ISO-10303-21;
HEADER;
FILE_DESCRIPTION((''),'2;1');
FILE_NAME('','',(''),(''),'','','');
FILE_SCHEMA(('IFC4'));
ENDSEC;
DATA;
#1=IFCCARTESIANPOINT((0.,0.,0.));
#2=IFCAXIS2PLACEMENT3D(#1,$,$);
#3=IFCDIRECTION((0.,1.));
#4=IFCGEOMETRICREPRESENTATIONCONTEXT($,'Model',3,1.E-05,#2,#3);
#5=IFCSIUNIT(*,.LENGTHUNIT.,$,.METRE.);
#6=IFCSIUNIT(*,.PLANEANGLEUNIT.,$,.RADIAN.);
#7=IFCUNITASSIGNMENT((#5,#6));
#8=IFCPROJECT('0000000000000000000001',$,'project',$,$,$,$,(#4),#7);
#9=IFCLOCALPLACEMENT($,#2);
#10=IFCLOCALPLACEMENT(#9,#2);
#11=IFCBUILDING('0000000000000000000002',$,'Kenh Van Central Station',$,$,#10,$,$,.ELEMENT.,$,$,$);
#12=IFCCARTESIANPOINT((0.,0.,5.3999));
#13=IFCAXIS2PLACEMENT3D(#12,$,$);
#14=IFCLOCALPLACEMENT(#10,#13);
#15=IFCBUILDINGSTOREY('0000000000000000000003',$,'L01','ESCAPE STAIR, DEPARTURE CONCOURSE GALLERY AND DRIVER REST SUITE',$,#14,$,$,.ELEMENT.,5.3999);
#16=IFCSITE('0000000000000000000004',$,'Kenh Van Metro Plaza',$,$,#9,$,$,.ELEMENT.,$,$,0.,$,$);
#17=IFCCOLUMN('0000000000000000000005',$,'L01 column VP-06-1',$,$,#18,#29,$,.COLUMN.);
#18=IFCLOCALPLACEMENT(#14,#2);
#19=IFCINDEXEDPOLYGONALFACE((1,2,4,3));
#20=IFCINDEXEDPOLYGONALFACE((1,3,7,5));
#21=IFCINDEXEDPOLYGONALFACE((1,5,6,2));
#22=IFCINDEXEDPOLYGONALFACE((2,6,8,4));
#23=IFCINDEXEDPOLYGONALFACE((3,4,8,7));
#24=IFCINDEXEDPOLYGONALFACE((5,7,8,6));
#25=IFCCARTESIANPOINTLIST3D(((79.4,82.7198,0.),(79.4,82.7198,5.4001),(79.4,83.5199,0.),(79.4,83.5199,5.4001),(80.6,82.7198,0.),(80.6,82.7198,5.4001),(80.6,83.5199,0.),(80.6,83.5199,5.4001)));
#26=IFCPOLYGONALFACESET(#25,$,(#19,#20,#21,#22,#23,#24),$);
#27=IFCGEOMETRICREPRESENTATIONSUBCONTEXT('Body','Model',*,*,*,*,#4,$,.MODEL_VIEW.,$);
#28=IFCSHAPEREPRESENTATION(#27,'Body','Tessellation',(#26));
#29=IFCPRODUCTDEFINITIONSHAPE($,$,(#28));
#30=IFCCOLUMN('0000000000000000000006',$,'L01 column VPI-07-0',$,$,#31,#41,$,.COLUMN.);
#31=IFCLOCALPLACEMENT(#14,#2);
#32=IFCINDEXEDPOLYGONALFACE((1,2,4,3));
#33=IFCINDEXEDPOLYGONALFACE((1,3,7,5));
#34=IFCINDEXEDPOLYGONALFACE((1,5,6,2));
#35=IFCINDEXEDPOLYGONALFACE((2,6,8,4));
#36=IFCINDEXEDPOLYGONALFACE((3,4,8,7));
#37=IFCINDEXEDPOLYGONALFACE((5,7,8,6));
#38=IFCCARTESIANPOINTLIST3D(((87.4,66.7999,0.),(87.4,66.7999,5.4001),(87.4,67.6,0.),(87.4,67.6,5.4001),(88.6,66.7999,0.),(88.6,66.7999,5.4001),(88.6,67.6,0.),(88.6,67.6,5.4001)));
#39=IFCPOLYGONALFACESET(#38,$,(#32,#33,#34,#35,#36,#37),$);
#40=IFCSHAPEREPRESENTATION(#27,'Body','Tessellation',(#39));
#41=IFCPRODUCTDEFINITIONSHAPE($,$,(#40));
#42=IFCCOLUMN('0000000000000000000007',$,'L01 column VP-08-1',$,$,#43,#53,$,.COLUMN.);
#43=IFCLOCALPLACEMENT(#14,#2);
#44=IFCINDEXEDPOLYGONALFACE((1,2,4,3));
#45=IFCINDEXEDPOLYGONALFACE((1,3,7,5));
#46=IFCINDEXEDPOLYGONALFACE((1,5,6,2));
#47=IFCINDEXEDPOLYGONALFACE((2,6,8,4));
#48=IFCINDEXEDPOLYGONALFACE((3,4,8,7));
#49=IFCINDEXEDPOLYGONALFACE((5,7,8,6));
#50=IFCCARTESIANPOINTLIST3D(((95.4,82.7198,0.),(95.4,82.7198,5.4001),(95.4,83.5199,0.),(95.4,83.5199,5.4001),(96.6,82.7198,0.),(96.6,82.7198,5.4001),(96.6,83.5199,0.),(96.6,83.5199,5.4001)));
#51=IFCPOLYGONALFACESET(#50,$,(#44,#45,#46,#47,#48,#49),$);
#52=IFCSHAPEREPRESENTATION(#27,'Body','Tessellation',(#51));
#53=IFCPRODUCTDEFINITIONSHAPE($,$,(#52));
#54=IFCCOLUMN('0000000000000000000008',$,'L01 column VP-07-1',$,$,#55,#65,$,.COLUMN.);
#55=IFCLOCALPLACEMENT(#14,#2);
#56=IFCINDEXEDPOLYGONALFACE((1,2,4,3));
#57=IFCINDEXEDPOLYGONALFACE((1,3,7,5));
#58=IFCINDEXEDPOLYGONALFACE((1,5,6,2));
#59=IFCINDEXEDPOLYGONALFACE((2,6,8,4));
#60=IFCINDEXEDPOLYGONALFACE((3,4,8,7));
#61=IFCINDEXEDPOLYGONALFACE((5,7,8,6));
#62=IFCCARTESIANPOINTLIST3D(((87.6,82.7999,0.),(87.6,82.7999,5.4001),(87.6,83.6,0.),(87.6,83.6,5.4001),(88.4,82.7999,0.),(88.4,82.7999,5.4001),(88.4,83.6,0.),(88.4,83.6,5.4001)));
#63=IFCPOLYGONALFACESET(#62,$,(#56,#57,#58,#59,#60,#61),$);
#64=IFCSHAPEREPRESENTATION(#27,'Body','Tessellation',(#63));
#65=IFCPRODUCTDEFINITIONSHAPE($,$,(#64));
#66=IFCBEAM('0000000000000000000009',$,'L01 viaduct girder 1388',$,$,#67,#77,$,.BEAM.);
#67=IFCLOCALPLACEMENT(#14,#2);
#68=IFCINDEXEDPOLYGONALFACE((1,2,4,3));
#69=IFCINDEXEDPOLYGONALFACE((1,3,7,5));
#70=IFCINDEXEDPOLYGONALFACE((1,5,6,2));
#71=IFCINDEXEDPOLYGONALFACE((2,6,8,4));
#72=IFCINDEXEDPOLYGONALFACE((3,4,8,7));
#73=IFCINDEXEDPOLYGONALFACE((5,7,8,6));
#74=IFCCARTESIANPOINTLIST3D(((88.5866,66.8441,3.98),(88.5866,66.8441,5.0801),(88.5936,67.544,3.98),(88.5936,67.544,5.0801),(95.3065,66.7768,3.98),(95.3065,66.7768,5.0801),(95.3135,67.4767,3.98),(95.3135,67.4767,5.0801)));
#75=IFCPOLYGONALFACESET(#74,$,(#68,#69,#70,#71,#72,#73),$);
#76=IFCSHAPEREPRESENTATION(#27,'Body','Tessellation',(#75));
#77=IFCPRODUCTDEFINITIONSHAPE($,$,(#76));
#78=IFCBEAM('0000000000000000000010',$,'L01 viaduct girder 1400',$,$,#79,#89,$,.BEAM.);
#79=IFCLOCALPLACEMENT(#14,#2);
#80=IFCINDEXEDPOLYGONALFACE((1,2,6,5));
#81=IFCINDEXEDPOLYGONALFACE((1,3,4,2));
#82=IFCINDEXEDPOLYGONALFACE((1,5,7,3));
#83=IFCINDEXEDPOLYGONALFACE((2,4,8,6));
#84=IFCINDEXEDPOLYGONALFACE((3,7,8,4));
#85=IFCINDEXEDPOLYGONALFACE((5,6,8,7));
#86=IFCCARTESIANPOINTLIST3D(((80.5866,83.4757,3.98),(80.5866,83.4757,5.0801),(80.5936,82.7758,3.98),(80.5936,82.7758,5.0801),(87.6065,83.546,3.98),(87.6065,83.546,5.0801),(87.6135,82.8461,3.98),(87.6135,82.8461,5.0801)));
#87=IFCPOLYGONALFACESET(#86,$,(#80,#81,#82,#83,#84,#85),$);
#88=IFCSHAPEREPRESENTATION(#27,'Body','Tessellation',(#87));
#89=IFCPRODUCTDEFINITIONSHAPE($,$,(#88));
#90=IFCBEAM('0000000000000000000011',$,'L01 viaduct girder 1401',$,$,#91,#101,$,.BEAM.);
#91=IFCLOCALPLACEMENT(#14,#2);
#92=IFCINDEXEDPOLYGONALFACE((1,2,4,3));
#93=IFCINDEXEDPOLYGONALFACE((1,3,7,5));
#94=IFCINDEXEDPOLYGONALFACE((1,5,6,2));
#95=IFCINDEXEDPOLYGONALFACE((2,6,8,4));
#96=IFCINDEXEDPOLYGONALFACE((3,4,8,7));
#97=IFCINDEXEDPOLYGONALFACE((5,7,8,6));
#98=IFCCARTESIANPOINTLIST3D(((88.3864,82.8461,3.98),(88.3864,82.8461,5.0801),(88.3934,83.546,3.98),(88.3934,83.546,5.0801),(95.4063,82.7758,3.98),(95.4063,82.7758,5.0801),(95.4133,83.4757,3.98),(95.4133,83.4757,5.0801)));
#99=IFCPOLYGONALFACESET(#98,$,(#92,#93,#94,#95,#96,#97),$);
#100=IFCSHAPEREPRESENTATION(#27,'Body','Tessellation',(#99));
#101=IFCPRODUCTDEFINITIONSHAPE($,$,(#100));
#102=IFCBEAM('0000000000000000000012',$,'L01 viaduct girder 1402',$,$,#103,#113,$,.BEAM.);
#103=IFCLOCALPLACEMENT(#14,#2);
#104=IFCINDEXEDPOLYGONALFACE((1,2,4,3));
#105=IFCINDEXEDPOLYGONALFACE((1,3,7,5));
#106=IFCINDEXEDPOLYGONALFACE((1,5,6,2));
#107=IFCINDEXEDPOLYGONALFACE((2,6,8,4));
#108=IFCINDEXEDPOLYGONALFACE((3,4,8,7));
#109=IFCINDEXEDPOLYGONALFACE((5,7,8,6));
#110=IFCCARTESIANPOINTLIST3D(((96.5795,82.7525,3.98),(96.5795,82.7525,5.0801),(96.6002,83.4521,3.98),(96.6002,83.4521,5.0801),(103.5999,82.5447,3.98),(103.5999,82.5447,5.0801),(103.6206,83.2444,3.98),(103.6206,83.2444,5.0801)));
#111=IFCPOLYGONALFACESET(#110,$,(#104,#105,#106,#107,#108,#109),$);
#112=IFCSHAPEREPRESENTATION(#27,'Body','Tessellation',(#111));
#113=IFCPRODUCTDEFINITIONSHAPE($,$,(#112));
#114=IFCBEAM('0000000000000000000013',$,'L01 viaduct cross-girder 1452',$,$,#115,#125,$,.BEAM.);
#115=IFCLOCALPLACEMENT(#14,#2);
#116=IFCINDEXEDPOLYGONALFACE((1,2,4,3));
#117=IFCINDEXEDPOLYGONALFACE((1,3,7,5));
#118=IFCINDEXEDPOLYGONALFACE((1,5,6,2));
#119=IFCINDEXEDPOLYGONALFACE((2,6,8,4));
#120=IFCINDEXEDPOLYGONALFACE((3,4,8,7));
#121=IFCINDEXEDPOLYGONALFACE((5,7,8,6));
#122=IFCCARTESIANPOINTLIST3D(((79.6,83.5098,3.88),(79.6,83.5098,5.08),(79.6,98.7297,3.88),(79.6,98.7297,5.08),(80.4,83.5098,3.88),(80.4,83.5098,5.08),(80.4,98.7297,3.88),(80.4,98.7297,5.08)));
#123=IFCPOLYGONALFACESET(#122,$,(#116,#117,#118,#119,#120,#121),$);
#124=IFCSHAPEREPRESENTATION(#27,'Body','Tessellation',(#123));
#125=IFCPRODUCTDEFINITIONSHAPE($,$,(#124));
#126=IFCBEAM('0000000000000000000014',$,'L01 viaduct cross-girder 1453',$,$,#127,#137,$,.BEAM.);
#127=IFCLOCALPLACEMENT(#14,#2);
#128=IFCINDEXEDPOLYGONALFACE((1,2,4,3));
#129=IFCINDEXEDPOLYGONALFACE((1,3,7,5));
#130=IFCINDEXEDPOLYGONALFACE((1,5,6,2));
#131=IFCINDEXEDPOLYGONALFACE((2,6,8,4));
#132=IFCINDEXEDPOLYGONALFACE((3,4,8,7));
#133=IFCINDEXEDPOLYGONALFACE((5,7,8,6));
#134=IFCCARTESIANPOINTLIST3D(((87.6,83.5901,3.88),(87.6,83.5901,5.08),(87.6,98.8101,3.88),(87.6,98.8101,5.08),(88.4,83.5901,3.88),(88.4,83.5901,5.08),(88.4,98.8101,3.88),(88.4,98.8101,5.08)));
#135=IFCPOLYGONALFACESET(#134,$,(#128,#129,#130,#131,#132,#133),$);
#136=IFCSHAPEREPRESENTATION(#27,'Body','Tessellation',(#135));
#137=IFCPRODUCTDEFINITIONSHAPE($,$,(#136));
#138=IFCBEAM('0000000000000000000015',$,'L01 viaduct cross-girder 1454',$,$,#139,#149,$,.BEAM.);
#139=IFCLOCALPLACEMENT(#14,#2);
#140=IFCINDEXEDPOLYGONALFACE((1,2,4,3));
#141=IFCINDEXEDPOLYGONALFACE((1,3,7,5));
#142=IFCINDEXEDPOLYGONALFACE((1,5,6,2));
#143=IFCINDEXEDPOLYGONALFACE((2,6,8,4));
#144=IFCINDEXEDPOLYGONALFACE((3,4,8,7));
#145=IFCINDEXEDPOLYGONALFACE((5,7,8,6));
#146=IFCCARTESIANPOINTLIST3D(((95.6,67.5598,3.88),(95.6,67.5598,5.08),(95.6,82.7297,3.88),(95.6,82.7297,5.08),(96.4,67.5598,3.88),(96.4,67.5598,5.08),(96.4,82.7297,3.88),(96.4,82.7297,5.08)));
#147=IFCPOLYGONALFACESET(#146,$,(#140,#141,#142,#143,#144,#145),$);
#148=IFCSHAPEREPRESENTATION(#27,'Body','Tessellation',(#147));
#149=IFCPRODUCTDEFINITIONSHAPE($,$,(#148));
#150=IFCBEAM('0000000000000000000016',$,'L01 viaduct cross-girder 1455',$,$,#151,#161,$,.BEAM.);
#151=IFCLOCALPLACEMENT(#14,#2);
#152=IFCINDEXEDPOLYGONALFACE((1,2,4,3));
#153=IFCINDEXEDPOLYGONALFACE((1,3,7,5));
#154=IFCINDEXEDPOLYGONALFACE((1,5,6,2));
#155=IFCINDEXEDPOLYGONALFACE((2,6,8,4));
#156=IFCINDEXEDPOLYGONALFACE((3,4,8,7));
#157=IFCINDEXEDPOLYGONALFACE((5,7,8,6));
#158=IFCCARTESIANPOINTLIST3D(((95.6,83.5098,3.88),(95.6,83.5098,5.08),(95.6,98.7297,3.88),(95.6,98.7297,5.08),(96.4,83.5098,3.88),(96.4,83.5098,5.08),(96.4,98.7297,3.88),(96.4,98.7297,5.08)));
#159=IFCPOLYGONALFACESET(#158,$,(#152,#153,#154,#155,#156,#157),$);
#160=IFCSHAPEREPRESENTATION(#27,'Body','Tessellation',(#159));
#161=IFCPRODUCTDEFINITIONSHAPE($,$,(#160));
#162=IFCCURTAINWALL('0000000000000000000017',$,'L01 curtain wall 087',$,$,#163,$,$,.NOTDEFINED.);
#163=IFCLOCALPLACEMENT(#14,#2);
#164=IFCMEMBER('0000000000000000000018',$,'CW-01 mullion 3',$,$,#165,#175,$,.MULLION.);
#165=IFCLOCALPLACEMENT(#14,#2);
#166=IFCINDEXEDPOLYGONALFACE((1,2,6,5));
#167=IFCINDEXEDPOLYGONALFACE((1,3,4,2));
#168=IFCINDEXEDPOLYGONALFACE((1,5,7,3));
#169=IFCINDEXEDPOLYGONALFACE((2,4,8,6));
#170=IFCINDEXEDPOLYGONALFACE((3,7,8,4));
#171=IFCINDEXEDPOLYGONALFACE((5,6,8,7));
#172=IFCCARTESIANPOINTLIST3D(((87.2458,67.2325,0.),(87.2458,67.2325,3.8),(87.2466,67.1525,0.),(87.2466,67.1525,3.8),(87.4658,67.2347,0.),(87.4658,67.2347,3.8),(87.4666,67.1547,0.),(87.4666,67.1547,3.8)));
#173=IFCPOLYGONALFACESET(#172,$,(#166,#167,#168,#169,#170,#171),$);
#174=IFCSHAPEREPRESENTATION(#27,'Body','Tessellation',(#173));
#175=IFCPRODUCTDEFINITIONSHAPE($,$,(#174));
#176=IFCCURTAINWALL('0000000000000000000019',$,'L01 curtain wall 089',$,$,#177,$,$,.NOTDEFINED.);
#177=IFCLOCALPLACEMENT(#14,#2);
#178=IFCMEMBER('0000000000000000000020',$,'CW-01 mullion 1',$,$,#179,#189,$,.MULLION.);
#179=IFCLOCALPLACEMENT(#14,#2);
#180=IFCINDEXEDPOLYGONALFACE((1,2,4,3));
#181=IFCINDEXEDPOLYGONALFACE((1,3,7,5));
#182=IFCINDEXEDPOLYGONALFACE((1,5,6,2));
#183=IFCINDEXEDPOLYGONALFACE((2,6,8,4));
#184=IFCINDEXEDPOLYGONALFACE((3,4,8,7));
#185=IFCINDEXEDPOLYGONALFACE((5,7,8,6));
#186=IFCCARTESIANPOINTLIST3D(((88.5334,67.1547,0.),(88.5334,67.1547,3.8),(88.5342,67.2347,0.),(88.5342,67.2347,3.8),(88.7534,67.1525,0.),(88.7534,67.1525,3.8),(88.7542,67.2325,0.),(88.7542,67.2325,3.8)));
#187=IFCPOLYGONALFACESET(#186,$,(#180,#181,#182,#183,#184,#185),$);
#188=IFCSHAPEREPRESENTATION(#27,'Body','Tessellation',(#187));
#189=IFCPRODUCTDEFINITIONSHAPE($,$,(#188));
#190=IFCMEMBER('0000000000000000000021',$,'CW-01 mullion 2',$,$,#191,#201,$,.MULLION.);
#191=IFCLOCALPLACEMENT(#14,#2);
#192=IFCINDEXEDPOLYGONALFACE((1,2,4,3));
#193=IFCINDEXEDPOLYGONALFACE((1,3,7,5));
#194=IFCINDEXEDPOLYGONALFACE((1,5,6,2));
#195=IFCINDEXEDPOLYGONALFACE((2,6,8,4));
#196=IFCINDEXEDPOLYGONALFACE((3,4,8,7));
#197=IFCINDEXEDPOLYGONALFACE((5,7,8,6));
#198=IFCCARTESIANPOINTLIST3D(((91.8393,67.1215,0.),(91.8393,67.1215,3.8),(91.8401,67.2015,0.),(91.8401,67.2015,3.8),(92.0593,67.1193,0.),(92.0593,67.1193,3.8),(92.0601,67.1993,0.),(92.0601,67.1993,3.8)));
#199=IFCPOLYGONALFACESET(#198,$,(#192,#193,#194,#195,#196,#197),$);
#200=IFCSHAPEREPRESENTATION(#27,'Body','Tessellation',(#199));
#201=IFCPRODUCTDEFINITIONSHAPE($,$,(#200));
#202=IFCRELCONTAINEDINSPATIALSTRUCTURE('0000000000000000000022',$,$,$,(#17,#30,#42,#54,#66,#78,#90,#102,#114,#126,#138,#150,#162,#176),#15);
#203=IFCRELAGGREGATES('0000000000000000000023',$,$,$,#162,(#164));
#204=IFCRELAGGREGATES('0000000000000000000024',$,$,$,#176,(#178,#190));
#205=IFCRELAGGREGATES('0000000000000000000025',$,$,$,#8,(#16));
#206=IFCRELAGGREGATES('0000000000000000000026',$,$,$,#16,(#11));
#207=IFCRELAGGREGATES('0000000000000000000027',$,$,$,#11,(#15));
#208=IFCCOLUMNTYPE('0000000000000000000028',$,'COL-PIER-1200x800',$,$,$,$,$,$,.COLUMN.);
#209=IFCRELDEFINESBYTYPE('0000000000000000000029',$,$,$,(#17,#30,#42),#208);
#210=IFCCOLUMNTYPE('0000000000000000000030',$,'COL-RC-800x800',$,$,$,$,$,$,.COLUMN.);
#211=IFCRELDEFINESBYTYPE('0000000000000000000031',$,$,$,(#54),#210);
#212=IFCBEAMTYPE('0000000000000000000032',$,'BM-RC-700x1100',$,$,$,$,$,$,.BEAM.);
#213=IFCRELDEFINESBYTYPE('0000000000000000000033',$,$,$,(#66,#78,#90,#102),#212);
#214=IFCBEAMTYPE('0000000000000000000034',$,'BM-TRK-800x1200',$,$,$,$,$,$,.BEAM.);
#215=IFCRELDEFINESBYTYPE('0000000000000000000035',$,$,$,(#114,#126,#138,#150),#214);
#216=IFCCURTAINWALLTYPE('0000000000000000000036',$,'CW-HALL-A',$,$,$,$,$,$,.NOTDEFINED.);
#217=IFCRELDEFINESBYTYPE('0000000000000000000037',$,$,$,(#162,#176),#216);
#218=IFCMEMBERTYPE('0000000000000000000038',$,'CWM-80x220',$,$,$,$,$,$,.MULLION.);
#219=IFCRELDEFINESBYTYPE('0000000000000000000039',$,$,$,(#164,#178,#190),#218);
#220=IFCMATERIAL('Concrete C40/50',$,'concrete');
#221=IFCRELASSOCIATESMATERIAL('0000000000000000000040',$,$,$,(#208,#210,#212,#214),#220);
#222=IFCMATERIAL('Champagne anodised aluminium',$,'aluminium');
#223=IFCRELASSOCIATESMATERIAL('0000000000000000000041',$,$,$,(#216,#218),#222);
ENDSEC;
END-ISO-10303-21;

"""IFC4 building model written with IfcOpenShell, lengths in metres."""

from ifc_helpers import new_model, si_unit, direction, frame, origin, origin_2d, place, context, subcontext, project, spatial, rectangle, extrude, material, material_profile, profile_set, type_object, element, aggregate, save


model = new_model("IFC4")

# Units and contexts
model_context = context("Model", 3, precision=1e-05, world=origin(), true_north=direction((0.0, 1.0)))
body_context = subcontext(model_context, "Body", "Model", "MODEL_VIEW")
ifc_project = project(units=[si_unit("LENGTHUNIT", "METRE"), si_unit("PLANEANGLEUNIT", "RADIAN")], contexts=[model_context])

# Site, building, storey
site_placement = place(None, origin())
site = spatial("IfcSite", under=ifc_project, at=site_placement, Name="Kenh Van Metro Plaza", CompositionType="ELEMENT", RefElevation=0.0)
building_placement = place(site_placement, origin())
building = spatial("IfcBuilding", under=site, at=building_placement, Name="Kenh Van Central Station", CompositionType="ELEMENT")
storey_placement = place(building_placement, frame((0.0, 0.0, 5.3999)))
storey = spatial("IfcBuildingStorey", under=building, at=storey_placement, Name="L01", Description="ESCAPE STAIR, DEPARTURE CONCOURSE GALLERY AND DRIVER REST SUITE", CompositionType="ELEMENT", Elevation=5.3999)

# Columns
ifc_material_1 = material(Name="Concrete C40/50", Category="concrete")
ifc_material_profile_1 = material_profile(ifc_material_1, rectangle(XDim=1.2, YDim=0.8, at=origin_2d()), Name="RC 1200x800")
ifc_profile_set_1 = profile_set([ifc_material_profile_1], Name="Concrete C40/50")
column_type_1 = type_object("IfcColumnType", Name="COL-PIER-1200x800", PredefinedType="COLUMN", material=ifc_profile_set_1)
for number, where, z_axis, x_axis, name in (
    (1, (80.0, 83.1199, 0.0), (0.0, 0.0, 1.0), (1.0, 0.0, 0.0), "L01 column VP-06-1"),
    (2, (88.0, 67.2, 0.0), (0.0, 0.0, 1.0), (1.0, 0.0, 0.0), "L01 column VPI-07-0"),
    (3, (96.0, 83.1199, 0.0), (0.0, 0.0, 1.0), (1.0, 0.0, 0.0), "L01 column VP-08-1"),
):
    element("IfcColumn", number, at=place(storey_placement, frame(where, z_axis=z_axis, x_axis=x_axis)), inside=storey, type_object=column_type_1, Name=name, PredefinedType="COLUMN", context=body_context, shape_type="SweptSolid", body=[
        extrude(rectangle(XDim=1.2, YDim=0.8, at=origin_2d()), origin(), (0.0, 0.0, 1.0), 5.4001),
    ])
ifc_material_profile_2 = material_profile(ifc_material_1, rectangle(XDim=0.8, YDim=0.8, at=origin_2d()), Name="RC 800x800")
ifc_profile_set_2 = profile_set([ifc_material_profile_2], Name="Concrete C40/50")
column_type_2 = type_object("IfcColumnType", Name="COL-RC-800x800", PredefinedType="COLUMN", material=ifc_profile_set_2)
column_placement = place(storey_placement, frame((88.0, 83.2, 0.0), z_axis=(0.0, 0.0, 1.0), x_axis=(1.0, 0.0, 0.0)))
element("IfcColumn", 4, at=column_placement, inside=storey, type_object=column_type_2, Name="L01 column VP-07-1", PredefinedType="COLUMN", context=body_context, shape_type="SweptSolid", body=[
    extrude(rectangle(XDim=0.8, YDim=0.8, at=origin_2d()), origin(), (0.0, 0.0, 1.0), 5.4001),
])

# Beams
ifc_material_profile_3 = material_profile(ifc_material_1, rectangle(XDim=0.7, YDim=1.1001, at=origin_2d()), Name="RC 700x1100")
ifc_profile_set_3 = profile_set([ifc_material_profile_3], Name="Concrete C40/50")
beam_type_1 = type_object("IfcBeamType", Name="BM-RC-700x1100", PredefinedType="BEAM", material=ifc_profile_set_3)
beam_1_placement = place(storey_placement, frame((88.5901, 67.1941, 4.53), z_axis=(0.99995, -0.010027, 0.0), x_axis=(0.010027, 0.99995, 0.0)))
element("IfcBeam", 5, at=beam_1_placement, inside=storey, type_object=beam_type_1, Name="L01 viaduct girder 1388", PredefinedType="BEAM", context=body_context, shape_type="SweptSolid", body=[
    extrude(rectangle(XDim=0.7, YDim=1.1001, at=origin_2d()), origin(), (0.0, 0.0, 1.0), 6.7202),
])
for number, where, z_axis, x_axis, name in (
    (6, (80.5901, 83.1257, 4.53), (0.99995, 0.010015, 0.0), (-0.010015, 0.99995, 0.0), "L01 viaduct girder 1400"),
    (7, (88.3899, 83.196, 4.53), (0.99995, -0.010015, 0.0), (0.010015, 0.99995, 0.0), "L01 viaduct girder 1401"),
):
    element("IfcBeam", number, at=place(storey_placement, frame(where, z_axis=z_axis, x_axis=x_axis)), inside=storey, type_object=beam_type_1, Name=name, PredefinedType="BEAM", context=body_context, shape_type="SweptSolid", body=[
        extrude(rectangle(XDim=0.7, YDim=1.1001, at=origin_2d()), origin(), (0.0, 0.0, 1.0), 7.0203),
    ])
beam_2_placement = place(storey_placement, frame((96.5898, 83.1023, 4.53), z_axis=(0.999562, -0.029582, 0.0), x_axis=(0.029582, 0.999562, 0.0)))
element("IfcBeam", 8, at=beam_2_placement, inside=storey, type_object=beam_type_1, Name="L01 viaduct girder 1402", PredefinedType="BEAM", context=body_context, shape_type="SweptSolid", body=[
    extrude(rectangle(XDim=0.7, YDim=1.1001, at=origin_2d()), origin(), (0.0, 0.0, 1.0), 7.0234),
])
ifc_material_profile_4 = material_profile(ifc_material_1, rectangle(XDim=0.8, YDim=1.2, at=origin_2d()), Name="RC 800x1200")
ifc_profile_set_4 = profile_set([ifc_material_profile_4], Name="Concrete C40/50")
beam_type_2 = type_object("IfcBeamType", Name="BM-TRK-800x1200", PredefinedType="BEAM", material=ifc_profile_set_4)
for number, where, z_axis, x_axis, name in (
    (9, (80.0, 83.5098, 4.48), (0.0, 1.0, 0.0), (-1.0, 0.0, 0.0), "L01 viaduct cross-girder 1452"),
    (10, (88.0, 83.5901, 4.48), (0.0, 1.0, 0.0), (-1.0, 0.0, 0.0), "L01 viaduct cross-girder 1453"),
):
    element("IfcBeam", number, at=place(storey_placement, frame(where, z_axis=z_axis, x_axis=x_axis)), inside=storey, type_object=beam_type_2, Name=name, PredefinedType="BEAM", context=body_context, shape_type="SweptSolid", body=[
        extrude(rectangle(XDim=0.8, YDim=1.2, at=origin_2d()), origin(), (0.0, 0.0, 1.0), 15.22),
    ])
beam_3_placement = place(storey_placement, frame((96.0, 67.5598, 4.48), z_axis=(0.0, 1.0, 0.0), x_axis=(-1.0, 0.0, 0.0)))
element("IfcBeam", 11, at=beam_3_placement, inside=storey, type_object=beam_type_2, Name="L01 viaduct cross-girder 1454", PredefinedType="BEAM", context=body_context, shape_type="SweptSolid", body=[
    extrude(rectangle(XDim=0.8, YDim=1.2, at=origin_2d()), origin(), (0.0, 0.0, 1.0), 15.1699),
])
beam_4_placement = place(storey_placement, frame((96.0, 83.5098, 4.48), z_axis=(0.0, 1.0, 0.0), x_axis=(-1.0, 0.0, 0.0)))
element("IfcBeam", 12, at=beam_4_placement, inside=storey, type_object=beam_type_2, Name="L01 viaduct cross-girder 1455", PredefinedType="BEAM", context=body_context, shape_type="SweptSolid", body=[
    extrude(rectangle(XDim=0.8, YDim=1.2, at=origin_2d()), origin(), (0.0, 0.0, 1.0), 15.22),
])

# Curtain wall, member
ifc_material_2 = material(Name="Champagne anodised aluminium", Category="aluminium")
curtain_wall_type = type_object("IfcCurtainWallType", Name="CW-HALL-A", PredefinedType="NOTDEFINED", material=ifc_material_2)
curtain_wall_1_placement = place(storey_placement, origin())
curtain_wall_1 = element("IfcCurtainWall", 13, at=curtain_wall_1_placement, inside=storey, type_object=curtain_wall_type, Name="L01 curtain wall 087", PredefinedType="NOTDEFINED")
ifc_material_profile_5 = material_profile(ifc_material_2, rectangle(XDim=0.0801, YDim=0.22, at=origin_2d()), Name="AL 80x220")
ifc_profile_set_5 = profile_set([ifc_material_profile_5], Name="Champagne anodised aluminium")
member_type_1 = type_object("IfcMemberType", Name="CWM-80x220", PredefinedType="MULLION", material=ifc_profile_set_5)
member_1_placement = place(storey_placement, frame((87.3562, 67.1936, 0.0), z_axis=(0.0, 0.0, 1.0), x_axis=(-0.010012, 0.99995, 0.0)))
member_1 = element("IfcMember", 14, at=member_1_placement, type_object=member_type_1, Name="CW-01 mullion 3", PredefinedType="MULLION", context=body_context, shape_type="SweptSolid", body=[
    extrude(rectangle(XDim=0.0801, YDim=0.22, at=origin_2d()), origin(), (0.0, 0.0, 1.0), 3.8),
])

# Curtain wall, members
curtain_wall_2_placement = place(storey_placement, origin())
curtain_wall_2 = element("IfcCurtainWall", 15, at=curtain_wall_2_placement, inside=storey, type_object=curtain_wall_type, Name="L01 curtain wall 089", PredefinedType="NOTDEFINED")
member_2_placement = place(storey_placement, frame((88.6438, 67.1936, 0.0), z_axis=(0.0, 0.0, 1.0), x_axis=(0.010012, 0.99995, 0.0)))
member_2 = element("IfcMember", 16, at=member_2_placement, type_object=member_type_1, Name="CW-01 mullion 1", PredefinedType="MULLION", context=body_context, shape_type="SweptSolid", body=[
    extrude(rectangle(XDim=0.0801, YDim=0.22, at=origin_2d()), origin(), (0.0, 0.0, 1.0), 3.8),
])
member_3_placement = place(storey_placement, frame((91.9497, 67.1604, 0.0), z_axis=(0.0, 0.0, 1.0), x_axis=(0.010012, 0.99995, 0.0)))
member_3 = element("IfcMember", 17, at=member_3_placement, type_object=member_type_1, Name="CW-01 mullion 2", PredefinedType="MULLION", context=body_context, shape_type="SweptSolid", body=[
    extrude(rectangle(XDim=0.0801, YDim=0.22, at=origin_2d()), origin(), (0.0, 0.0, 1.0), 3.8),
])

aggregate(curtain_wall_1, [member_1])
aggregate(curtain_wall_2, [member_2, member_3])

save(model, "model.ifc")
